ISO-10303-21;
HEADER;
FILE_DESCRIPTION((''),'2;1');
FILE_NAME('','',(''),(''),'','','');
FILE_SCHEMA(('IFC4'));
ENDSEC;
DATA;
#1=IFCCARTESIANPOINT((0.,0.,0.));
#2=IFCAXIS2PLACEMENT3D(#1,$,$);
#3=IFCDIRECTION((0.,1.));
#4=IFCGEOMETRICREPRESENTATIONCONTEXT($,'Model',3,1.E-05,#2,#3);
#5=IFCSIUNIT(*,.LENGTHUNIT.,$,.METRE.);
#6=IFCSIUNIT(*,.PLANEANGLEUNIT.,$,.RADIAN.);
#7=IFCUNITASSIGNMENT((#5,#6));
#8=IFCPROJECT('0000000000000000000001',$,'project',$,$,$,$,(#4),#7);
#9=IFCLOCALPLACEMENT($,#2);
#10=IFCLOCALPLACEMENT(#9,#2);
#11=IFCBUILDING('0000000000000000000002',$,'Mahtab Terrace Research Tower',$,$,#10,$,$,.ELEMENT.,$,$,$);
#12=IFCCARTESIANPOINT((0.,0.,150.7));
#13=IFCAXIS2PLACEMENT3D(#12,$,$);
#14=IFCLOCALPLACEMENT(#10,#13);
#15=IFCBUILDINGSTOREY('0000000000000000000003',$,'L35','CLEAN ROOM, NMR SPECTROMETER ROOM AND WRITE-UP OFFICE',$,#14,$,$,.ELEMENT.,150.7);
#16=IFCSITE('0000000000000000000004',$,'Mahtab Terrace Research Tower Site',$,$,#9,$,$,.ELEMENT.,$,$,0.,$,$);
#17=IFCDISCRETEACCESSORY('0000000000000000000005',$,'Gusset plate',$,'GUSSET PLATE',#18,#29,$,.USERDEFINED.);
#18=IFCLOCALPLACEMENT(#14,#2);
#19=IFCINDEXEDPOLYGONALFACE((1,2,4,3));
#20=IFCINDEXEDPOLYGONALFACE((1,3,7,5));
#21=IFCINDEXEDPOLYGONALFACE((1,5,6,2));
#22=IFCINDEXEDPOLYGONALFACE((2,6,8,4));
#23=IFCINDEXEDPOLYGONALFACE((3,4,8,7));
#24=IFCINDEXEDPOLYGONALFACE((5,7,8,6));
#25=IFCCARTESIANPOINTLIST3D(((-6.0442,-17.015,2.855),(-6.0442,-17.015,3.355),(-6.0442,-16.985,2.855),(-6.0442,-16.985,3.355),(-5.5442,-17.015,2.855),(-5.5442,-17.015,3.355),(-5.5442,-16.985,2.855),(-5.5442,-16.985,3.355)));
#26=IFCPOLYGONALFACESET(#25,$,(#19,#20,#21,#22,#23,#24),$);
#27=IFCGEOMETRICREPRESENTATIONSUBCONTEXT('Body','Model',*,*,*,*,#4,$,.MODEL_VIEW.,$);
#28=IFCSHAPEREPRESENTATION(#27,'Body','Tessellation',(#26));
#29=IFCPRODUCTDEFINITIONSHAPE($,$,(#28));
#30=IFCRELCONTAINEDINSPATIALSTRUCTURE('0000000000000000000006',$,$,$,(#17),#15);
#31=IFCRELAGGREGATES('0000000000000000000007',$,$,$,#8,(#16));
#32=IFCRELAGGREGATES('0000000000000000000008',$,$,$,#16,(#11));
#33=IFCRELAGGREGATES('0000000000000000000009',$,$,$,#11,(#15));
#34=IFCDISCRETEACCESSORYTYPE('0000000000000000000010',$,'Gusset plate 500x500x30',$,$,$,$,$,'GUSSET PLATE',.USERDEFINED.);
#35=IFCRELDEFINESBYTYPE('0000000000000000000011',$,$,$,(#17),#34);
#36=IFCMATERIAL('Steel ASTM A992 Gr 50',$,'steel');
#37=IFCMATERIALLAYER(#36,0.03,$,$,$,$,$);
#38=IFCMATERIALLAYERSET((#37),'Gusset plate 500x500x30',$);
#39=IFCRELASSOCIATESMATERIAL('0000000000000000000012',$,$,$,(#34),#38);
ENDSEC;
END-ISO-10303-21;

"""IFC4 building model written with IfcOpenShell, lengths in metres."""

from ifc_helpers import new_model, si_unit, direction, frame, origin, origin_2d, place, context, subcontext, project, spatial, rectangle, extrude, material, layer, layer_set, type_object, element, save


model = new_model("IFC4")

# Units and contexts
model_context = context("Model", 3, precision=1e-05, world=origin(), true_north=direction((0.0, 1.0)))
body_context = subcontext(model_context, "Body", "Model", "MODEL_VIEW")
ifc_project = project(units=[si_unit("LENGTHUNIT", "METRE"), si_unit("PLANEANGLEUNIT", "RADIAN")], contexts=[model_context])

# Site, building, storey
site_placement = place(None, origin())
site = spatial("IfcSite", under=ifc_project, at=site_placement, Name="Mahtab Terrace Research Tower Site", CompositionType="ELEMENT", RefElevation=0.0)
building_placement = place(site_placement, origin())
building = spatial("IfcBuilding", under=site, at=building_placement, Name="Mahtab Terrace Research Tower", CompositionType="ELEMENT")
storey_placement = place(building_placement, frame((0.0, 0.0, 150.7)))
storey = spatial("IfcBuildingStorey", under=building, at=storey_placement, Name="L35", Description="CLEAN ROOM, NMR SPECTROMETER ROOM AND WRITE-UP OFFICE", CompositionType="ELEMENT", Elevation=150.7)

# Shared definitions
ifc_material_1 = material(Name="Steel ASTM A992 Gr 50", Category="steel")

# Discrete accessory
ifc_layer_1 = layer(ifc_material_1, 0.03)
ifc_layer_set_1 = layer_set([ifc_layer_1], Name="Gusset plate 500x500x30")
discrete_accessory_type = type_object("IfcDiscreteAccessoryType", Name="Gusset plate 500x500x30", ElementType="GUSSET PLATE", PredefinedType="USERDEFINED", material=ifc_layer_set_1)
discrete_accessory_placement = place(storey_placement, frame((-5.7942, -17.0, 2.855), z_axis=(0.0, 0.0, 1.0), x_axis=(1.0, 0.0, 0.0)))
element("IfcDiscreteAccessory", 1, at=discrete_accessory_placement, inside=storey, type_object=discrete_accessory_type, Name="Gusset plate", ObjectType="GUSSET PLATE", PredefinedType="USERDEFINED", context=body_context, shape_type="SweptSolid", body=[
    extrude(rectangle(XDim=0.5, YDim=0.03, at=origin_2d()), origin(), (0.0, 0.0, 1.0), 0.5),
])

save(model, "model.ifc")
